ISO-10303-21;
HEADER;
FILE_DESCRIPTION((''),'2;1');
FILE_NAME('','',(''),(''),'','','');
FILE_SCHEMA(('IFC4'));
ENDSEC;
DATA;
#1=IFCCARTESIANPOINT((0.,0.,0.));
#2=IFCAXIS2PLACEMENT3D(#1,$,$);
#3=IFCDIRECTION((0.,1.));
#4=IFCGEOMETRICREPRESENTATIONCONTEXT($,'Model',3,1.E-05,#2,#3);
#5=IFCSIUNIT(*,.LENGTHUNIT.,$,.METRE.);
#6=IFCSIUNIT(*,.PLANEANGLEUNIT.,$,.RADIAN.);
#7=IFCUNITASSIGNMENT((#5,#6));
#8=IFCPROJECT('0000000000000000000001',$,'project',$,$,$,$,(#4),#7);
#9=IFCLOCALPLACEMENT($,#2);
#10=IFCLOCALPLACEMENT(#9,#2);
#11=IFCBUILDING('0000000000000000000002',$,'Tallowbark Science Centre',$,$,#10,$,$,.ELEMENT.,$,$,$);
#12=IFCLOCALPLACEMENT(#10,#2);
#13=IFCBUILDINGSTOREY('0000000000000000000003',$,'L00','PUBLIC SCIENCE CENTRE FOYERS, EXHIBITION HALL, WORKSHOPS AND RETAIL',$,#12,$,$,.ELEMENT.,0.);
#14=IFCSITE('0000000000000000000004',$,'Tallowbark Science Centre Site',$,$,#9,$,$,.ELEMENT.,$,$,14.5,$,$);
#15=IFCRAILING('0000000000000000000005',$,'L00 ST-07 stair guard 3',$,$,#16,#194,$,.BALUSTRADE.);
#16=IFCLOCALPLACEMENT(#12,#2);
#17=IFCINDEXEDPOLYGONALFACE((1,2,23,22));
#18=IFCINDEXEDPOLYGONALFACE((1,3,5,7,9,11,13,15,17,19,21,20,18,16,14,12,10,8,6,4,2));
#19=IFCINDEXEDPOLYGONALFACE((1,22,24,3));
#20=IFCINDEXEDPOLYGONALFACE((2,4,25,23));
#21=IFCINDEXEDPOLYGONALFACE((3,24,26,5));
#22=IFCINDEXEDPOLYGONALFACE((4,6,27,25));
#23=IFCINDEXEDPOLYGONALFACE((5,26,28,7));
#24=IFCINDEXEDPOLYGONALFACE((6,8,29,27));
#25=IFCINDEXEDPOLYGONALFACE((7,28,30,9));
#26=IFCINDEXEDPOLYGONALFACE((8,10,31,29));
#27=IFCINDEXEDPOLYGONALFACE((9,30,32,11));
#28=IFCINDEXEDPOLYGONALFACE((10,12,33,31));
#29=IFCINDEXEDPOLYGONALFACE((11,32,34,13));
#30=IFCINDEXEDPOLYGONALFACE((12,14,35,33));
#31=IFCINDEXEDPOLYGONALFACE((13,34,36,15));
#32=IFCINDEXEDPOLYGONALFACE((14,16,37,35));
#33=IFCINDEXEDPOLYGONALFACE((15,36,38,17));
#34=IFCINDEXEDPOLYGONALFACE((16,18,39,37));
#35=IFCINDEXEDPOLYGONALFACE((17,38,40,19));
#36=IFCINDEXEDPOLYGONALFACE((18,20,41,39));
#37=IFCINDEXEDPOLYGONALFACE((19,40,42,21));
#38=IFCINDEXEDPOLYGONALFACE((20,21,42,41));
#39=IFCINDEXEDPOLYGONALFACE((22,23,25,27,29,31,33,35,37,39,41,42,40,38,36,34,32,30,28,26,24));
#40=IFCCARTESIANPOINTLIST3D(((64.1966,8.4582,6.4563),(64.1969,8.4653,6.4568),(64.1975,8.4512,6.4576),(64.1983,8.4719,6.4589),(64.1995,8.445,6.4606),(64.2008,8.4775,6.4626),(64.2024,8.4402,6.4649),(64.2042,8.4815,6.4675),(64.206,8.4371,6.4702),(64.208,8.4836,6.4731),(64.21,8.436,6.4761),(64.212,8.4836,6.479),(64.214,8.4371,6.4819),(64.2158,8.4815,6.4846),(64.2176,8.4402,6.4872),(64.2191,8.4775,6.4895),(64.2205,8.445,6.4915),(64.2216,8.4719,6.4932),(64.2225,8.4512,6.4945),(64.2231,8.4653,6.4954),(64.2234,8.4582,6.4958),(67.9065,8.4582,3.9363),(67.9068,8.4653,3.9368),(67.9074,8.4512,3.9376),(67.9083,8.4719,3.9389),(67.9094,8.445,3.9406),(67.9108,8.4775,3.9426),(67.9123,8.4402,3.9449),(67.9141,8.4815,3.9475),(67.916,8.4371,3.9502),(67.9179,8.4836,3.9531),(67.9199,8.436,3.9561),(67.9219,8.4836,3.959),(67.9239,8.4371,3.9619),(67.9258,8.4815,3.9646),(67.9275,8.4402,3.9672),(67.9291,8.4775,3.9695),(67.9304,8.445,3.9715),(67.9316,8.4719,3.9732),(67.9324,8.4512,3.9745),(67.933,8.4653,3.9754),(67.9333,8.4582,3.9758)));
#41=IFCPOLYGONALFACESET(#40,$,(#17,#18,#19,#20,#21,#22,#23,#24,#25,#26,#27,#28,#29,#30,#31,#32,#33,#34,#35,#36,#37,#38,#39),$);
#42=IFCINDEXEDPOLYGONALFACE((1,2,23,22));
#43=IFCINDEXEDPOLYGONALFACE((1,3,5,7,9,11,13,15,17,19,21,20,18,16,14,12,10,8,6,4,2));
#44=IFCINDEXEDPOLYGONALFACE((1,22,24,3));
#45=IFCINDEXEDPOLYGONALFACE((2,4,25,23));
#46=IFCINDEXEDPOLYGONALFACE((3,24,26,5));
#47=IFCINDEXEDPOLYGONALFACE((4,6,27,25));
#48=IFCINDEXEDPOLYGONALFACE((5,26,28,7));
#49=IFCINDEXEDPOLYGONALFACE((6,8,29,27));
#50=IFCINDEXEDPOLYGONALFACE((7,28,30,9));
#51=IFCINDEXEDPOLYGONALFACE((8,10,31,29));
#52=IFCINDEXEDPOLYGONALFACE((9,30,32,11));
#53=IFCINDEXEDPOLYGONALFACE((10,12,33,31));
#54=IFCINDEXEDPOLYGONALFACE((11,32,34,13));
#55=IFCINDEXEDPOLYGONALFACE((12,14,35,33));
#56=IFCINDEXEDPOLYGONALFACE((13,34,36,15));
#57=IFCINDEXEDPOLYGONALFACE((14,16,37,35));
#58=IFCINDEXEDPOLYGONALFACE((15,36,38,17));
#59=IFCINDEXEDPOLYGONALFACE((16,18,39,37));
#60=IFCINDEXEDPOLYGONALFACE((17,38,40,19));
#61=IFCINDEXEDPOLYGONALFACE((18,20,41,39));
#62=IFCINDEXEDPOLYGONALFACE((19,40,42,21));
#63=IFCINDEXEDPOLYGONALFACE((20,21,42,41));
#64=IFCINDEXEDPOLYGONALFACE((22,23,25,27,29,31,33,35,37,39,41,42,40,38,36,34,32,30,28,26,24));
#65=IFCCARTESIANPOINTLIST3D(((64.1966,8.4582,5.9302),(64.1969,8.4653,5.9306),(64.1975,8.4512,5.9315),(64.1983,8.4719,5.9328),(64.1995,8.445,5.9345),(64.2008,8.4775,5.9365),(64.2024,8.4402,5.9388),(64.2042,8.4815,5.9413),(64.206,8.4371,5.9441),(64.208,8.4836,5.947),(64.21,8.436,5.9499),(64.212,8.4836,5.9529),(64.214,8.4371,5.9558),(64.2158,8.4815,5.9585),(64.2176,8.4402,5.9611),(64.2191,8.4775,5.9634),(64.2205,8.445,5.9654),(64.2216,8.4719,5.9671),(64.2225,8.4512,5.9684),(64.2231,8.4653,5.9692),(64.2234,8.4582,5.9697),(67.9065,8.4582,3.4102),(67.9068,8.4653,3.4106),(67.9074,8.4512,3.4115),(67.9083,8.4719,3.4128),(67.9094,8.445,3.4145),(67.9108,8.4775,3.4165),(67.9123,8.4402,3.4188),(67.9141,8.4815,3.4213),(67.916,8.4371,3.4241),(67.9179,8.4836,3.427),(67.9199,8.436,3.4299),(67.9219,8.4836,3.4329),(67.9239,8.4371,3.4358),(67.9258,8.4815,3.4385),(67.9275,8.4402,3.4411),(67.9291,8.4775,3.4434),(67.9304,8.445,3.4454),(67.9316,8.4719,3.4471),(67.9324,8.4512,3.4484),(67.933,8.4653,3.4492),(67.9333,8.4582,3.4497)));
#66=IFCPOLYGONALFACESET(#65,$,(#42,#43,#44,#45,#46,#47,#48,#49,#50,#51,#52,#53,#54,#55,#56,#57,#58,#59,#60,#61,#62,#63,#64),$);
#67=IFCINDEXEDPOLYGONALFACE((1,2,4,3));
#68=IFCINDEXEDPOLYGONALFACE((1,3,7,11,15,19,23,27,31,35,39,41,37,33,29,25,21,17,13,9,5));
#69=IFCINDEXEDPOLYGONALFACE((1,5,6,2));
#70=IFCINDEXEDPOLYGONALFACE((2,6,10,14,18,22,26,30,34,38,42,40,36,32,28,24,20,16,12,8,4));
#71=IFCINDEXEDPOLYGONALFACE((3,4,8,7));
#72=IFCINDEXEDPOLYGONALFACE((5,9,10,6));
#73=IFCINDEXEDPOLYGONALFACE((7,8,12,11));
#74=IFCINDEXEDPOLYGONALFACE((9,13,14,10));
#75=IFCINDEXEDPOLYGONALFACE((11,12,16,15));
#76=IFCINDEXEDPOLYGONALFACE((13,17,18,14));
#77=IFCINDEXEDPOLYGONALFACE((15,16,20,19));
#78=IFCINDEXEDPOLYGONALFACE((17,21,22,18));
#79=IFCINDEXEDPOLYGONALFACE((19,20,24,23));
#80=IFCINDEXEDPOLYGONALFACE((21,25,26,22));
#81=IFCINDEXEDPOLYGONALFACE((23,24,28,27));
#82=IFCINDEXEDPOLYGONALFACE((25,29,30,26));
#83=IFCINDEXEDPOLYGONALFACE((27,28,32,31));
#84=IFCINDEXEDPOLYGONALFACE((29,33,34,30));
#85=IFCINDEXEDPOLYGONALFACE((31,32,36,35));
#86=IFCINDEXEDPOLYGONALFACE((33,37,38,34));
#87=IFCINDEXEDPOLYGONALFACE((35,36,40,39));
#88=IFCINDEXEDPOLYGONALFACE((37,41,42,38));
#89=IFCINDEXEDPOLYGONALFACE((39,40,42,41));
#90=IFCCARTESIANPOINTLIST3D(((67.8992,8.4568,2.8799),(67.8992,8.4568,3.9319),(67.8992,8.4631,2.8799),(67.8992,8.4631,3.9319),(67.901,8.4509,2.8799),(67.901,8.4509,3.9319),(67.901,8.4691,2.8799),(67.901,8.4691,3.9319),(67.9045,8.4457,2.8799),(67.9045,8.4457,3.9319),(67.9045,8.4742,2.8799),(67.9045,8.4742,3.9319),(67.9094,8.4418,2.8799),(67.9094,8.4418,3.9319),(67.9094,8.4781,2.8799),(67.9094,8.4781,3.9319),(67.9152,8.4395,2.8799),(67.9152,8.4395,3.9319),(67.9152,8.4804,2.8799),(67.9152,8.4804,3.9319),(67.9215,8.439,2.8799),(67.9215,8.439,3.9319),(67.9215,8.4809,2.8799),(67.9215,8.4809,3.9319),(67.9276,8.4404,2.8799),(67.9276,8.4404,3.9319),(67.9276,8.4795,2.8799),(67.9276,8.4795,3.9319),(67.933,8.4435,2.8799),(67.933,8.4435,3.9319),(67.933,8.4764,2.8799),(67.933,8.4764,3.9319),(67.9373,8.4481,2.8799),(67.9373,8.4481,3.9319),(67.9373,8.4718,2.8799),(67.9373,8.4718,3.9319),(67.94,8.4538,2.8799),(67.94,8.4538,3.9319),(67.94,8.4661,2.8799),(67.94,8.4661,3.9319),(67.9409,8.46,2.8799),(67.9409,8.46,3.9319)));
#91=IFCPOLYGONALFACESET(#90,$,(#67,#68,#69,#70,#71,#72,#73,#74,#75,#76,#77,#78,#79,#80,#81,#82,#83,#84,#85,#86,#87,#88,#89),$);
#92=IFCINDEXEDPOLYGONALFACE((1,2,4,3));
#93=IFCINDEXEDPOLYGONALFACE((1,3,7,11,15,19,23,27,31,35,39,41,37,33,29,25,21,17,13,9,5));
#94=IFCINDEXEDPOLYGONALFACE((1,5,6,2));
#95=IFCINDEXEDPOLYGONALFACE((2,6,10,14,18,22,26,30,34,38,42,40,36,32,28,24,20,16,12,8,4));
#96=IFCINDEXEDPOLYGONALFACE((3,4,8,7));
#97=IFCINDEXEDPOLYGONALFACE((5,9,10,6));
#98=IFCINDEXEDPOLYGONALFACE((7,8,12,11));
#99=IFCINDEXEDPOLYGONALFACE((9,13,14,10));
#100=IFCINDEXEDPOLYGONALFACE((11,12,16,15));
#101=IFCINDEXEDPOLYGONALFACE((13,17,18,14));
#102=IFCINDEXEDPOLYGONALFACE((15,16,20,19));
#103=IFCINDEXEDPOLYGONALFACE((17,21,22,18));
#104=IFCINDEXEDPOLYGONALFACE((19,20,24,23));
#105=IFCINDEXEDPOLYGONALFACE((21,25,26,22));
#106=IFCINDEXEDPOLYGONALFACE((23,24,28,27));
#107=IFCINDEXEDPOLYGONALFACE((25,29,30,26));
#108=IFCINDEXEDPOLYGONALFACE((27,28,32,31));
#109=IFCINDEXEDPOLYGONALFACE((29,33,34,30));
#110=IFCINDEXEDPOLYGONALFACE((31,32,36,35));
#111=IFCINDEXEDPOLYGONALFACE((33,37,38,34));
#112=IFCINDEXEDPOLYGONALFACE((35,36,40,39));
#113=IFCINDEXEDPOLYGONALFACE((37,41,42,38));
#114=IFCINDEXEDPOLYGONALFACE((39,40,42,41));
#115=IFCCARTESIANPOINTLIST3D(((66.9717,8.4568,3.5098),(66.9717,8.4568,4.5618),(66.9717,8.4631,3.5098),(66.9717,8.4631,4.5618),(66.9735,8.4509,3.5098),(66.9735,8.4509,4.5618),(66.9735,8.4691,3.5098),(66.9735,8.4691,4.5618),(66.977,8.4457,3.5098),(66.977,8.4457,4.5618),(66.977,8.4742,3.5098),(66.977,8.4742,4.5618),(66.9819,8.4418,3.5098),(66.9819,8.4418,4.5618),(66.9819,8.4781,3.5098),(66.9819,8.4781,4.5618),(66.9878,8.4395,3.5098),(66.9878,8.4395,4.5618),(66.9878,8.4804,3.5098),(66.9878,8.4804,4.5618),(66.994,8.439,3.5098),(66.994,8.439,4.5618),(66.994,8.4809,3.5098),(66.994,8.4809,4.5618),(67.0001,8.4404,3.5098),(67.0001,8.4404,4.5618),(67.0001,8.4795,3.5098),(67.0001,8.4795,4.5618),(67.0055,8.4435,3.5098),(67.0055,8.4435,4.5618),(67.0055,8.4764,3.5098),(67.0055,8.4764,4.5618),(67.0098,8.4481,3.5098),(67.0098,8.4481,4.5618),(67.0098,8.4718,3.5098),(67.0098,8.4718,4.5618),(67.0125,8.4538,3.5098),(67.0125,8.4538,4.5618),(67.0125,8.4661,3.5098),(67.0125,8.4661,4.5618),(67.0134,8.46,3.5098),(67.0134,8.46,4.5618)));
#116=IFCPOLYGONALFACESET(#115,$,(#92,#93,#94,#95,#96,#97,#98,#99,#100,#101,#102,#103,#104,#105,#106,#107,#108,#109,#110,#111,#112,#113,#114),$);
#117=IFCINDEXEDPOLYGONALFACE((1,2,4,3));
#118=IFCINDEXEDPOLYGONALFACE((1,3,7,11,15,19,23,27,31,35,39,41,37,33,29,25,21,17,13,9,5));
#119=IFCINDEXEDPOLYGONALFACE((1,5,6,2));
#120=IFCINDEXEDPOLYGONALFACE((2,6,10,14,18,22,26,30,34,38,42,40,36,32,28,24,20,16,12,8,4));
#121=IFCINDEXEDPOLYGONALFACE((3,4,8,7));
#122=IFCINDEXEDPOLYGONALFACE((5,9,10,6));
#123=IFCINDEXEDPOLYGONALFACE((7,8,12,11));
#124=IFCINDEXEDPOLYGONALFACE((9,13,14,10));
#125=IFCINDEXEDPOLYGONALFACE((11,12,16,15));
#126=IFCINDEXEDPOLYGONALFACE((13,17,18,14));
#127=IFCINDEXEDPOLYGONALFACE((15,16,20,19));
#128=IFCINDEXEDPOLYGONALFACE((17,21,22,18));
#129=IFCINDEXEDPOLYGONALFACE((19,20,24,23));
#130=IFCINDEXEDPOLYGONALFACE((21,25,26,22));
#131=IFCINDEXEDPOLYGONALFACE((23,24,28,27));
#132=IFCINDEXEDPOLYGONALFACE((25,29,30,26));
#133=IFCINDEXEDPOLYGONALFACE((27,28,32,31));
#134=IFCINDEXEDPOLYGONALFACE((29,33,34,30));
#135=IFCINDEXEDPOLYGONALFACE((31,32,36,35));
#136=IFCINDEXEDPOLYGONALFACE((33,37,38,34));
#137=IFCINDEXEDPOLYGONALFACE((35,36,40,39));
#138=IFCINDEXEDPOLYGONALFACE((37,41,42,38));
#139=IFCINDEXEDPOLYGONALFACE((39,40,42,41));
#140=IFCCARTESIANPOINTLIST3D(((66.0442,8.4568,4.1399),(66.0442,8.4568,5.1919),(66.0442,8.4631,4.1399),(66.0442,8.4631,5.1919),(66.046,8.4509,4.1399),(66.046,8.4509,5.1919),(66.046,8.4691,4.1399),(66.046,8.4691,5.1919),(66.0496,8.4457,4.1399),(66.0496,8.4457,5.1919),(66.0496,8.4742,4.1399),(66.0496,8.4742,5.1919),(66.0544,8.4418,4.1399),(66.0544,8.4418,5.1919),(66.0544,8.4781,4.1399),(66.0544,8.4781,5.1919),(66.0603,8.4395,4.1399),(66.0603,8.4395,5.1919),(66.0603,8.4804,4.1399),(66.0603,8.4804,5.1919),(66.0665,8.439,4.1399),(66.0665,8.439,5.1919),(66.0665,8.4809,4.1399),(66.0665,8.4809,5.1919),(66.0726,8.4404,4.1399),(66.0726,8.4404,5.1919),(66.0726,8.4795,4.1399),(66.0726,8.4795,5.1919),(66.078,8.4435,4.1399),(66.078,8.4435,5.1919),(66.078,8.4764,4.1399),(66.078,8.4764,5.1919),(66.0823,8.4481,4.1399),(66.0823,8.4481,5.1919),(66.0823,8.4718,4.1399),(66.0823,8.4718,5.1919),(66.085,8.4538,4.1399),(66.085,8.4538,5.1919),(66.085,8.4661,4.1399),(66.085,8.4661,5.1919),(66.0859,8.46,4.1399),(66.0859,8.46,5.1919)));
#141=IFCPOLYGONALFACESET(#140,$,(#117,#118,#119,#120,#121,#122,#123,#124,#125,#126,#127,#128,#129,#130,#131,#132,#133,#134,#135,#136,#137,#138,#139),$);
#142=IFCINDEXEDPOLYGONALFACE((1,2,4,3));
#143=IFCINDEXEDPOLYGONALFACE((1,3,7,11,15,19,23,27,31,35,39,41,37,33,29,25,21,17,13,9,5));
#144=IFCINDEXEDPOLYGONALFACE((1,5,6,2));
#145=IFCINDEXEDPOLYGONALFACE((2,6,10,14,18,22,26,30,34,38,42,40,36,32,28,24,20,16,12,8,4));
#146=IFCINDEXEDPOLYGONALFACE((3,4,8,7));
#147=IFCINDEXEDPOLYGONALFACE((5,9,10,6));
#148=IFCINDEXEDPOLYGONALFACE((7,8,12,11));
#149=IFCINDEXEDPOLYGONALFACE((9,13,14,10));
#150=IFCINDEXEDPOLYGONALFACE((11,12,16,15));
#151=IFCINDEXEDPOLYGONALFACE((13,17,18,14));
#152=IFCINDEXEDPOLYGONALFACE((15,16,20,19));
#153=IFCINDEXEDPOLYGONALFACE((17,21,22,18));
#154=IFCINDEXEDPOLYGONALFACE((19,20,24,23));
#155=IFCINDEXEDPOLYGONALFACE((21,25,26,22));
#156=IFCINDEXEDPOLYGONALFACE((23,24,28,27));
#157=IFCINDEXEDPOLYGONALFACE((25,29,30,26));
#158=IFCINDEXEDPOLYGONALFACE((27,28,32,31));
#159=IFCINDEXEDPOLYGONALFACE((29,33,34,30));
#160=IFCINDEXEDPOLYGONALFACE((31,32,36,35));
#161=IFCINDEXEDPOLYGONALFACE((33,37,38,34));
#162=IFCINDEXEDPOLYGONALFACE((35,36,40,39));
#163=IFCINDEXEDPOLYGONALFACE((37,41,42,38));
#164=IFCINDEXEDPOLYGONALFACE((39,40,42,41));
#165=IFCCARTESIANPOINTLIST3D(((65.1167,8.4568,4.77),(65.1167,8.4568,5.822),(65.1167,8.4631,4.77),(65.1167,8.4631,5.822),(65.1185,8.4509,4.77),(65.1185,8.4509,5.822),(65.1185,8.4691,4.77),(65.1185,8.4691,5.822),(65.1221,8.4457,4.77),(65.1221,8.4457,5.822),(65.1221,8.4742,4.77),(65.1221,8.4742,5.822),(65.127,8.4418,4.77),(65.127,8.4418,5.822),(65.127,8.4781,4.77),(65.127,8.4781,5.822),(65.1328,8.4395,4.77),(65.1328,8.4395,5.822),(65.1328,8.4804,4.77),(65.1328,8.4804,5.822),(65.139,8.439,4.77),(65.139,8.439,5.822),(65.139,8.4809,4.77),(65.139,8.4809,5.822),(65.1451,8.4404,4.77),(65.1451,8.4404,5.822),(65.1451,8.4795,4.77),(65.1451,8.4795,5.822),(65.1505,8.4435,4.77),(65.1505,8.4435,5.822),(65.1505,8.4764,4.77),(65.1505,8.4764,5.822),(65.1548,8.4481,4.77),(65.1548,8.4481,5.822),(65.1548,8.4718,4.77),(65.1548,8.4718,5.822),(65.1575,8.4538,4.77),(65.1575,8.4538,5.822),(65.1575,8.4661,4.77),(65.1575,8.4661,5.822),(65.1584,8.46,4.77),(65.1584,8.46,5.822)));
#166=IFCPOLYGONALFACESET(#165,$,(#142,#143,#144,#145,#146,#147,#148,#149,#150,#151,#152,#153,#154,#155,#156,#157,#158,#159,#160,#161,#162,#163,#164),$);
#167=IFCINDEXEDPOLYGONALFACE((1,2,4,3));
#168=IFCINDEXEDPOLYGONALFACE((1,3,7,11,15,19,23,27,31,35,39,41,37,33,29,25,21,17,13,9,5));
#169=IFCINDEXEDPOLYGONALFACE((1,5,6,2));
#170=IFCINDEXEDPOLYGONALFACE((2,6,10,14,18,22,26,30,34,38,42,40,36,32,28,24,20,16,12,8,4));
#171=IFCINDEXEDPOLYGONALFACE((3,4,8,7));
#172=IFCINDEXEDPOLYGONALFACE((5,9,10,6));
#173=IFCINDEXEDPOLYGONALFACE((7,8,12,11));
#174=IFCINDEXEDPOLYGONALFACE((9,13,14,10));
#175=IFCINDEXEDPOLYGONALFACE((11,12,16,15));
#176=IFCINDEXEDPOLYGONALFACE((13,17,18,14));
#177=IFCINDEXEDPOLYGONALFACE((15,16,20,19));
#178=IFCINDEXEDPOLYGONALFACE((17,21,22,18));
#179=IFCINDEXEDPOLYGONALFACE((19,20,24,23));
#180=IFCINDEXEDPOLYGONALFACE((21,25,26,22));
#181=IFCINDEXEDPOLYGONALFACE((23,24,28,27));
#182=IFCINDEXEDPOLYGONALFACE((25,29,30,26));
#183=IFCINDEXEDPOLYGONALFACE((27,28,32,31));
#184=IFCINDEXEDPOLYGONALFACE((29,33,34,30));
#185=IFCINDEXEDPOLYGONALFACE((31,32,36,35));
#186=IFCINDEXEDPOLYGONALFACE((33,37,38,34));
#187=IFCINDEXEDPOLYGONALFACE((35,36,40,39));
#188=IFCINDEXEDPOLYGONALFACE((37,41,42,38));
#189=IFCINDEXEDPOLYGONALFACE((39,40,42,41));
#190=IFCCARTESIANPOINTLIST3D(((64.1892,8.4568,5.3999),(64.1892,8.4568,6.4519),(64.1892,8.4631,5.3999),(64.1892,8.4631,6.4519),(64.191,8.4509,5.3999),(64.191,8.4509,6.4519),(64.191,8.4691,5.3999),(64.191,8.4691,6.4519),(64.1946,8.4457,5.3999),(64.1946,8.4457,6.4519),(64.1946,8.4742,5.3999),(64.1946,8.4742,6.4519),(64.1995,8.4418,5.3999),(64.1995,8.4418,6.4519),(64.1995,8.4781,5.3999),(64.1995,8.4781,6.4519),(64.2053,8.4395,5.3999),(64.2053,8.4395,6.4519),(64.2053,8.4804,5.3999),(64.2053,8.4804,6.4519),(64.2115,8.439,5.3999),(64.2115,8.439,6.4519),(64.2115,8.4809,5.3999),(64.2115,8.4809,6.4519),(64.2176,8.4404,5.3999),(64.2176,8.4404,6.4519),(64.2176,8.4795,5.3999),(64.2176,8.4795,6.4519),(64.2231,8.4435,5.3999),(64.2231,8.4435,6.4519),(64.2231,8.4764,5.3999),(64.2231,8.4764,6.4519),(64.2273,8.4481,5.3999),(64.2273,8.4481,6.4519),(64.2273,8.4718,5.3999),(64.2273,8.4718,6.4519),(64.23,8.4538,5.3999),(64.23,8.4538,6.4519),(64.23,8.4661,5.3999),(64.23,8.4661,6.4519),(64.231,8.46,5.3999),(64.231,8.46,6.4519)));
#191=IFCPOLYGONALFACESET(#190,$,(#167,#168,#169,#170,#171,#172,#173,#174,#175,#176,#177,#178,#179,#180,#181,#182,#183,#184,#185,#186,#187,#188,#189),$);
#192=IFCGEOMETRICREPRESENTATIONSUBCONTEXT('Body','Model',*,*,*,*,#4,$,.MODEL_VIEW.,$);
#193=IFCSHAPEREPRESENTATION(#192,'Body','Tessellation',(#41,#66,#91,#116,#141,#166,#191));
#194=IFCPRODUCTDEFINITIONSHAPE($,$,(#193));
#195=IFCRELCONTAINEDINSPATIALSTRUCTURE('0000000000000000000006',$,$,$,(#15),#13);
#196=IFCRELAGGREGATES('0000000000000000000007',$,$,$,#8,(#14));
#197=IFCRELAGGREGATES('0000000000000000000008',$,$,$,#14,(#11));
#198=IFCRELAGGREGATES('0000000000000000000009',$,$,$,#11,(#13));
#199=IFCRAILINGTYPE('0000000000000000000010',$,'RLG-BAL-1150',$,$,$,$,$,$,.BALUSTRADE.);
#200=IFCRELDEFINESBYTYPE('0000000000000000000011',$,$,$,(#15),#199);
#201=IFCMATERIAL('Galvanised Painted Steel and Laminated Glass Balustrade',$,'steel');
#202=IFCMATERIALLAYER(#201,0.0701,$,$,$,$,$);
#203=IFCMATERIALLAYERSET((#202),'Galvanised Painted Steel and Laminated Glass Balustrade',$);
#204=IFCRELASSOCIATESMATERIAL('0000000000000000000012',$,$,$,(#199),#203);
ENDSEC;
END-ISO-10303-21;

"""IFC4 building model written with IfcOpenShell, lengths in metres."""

from ifc_helpers import new_model, si_unit, direction, frame, origin, origin_2d, place, context, subcontext, project, spatial, circle, extrude, material, layer, layer_set, type_object, element, save


model = new_model("IFC4")

# Units and contexts
model_context = context("Model", 3, precision=1e-05, world=origin(), true_north=direction((0.0, 1.0)))
body_context = subcontext(model_context, "Body", "Model", "MODEL_VIEW")
ifc_project = project(units=[si_unit("LENGTHUNIT", "METRE"), si_unit("PLANEANGLEUNIT", "RADIAN")], contexts=[model_context])

# Site, building, storey
site_placement = place(None, origin())
site = spatial("IfcSite", under=ifc_project, at=site_placement, Name="Tallowbark Science Centre Site", CompositionType="ELEMENT", RefElevation=14.5)
building_placement = place(site_placement, origin())
building = spatial("IfcBuilding", under=site, at=building_placement, Name="Tallowbark Science Centre", CompositionType="ELEMENT")
storey_placement = place(building_placement, origin())
storey = spatial("IfcBuildingStorey", under=building, at=storey_placement, Name="L00", Description="PUBLIC SCIENCE CENTRE FOYERS, EXHIBITION HALL, WORKSHOPS AND RETAIL", CompositionType="ELEMENT", Elevation=0.0)

# Railing
ifc_material_1 = material(Name="Galvanised Painted Steel and Laminated Glass Balustrade", Category="steel")
ifc_layer_1 = layer(ifc_material_1, 0.0701)
ifc_layer_set_1 = layer_set([ifc_layer_1], Name="Galvanised Painted Steel and Laminated Glass Balustrade")
railing_type_1 = type_object("IfcRailingType", Name="RLG-BAL-1150", PredefinedType="BALUSTRADE", material=ifc_layer_set_1)
railing_1_placement = place(storey_placement, frame((67.9199, 8.46, 2.8799)))
element("IfcRailing", 1, at=railing_1_placement, inside=storey, type_object=railing_type_1, Name="L00 ST-07 stair guard 3", PredefinedType="BALUSTRADE", context=body_context, shape_type="SweptSolid", body=[
    extrude(circle(Radius=0.0239, at=origin_2d()), frame((0.0, 0.0, 1.0762), z_axis=(-0.827212, 0.0, 0.56189), x_axis=(0.0, -1.0, 0.0)), (0.0, 0.0, 1.0), 4.4849),
    extrude(circle(Radius=0.0239, at=origin_2d()), frame((0.0, 0.0, 0.55), z_axis=(-0.827212, 0.0, 0.56189), x_axis=(0.0, -1.0, 0.0)), (0.0, 0.0, 1.0), 4.4849),
    extrude(circle(Radius=0.021, at=origin_2d()), origin(), (0.0, 0.0, 1.0), 1.052),
    extrude(circle(Radius=0.021, at=origin_2d()), frame((-0.9275, 0.0, 0.6299)), (0.0, 0.0, 1.0), 1.052),
    extrude(circle(Radius=0.021, at=origin_2d()), frame((-1.855, 0.0, 1.26)), (0.0, 0.0, 1.0), 1.052),
    extrude(circle(Radius=0.021, at=origin_2d()), frame((-2.7825, 0.0, 1.8901)), (0.0, 0.0, 1.0), 1.052),
    extrude(circle(Radius=0.021, at=origin_2d()), frame((-3.71, 0.0, 2.52)), (0.0, 0.0, 1.0), 1.052),
])

save(model, "model.ifc")
